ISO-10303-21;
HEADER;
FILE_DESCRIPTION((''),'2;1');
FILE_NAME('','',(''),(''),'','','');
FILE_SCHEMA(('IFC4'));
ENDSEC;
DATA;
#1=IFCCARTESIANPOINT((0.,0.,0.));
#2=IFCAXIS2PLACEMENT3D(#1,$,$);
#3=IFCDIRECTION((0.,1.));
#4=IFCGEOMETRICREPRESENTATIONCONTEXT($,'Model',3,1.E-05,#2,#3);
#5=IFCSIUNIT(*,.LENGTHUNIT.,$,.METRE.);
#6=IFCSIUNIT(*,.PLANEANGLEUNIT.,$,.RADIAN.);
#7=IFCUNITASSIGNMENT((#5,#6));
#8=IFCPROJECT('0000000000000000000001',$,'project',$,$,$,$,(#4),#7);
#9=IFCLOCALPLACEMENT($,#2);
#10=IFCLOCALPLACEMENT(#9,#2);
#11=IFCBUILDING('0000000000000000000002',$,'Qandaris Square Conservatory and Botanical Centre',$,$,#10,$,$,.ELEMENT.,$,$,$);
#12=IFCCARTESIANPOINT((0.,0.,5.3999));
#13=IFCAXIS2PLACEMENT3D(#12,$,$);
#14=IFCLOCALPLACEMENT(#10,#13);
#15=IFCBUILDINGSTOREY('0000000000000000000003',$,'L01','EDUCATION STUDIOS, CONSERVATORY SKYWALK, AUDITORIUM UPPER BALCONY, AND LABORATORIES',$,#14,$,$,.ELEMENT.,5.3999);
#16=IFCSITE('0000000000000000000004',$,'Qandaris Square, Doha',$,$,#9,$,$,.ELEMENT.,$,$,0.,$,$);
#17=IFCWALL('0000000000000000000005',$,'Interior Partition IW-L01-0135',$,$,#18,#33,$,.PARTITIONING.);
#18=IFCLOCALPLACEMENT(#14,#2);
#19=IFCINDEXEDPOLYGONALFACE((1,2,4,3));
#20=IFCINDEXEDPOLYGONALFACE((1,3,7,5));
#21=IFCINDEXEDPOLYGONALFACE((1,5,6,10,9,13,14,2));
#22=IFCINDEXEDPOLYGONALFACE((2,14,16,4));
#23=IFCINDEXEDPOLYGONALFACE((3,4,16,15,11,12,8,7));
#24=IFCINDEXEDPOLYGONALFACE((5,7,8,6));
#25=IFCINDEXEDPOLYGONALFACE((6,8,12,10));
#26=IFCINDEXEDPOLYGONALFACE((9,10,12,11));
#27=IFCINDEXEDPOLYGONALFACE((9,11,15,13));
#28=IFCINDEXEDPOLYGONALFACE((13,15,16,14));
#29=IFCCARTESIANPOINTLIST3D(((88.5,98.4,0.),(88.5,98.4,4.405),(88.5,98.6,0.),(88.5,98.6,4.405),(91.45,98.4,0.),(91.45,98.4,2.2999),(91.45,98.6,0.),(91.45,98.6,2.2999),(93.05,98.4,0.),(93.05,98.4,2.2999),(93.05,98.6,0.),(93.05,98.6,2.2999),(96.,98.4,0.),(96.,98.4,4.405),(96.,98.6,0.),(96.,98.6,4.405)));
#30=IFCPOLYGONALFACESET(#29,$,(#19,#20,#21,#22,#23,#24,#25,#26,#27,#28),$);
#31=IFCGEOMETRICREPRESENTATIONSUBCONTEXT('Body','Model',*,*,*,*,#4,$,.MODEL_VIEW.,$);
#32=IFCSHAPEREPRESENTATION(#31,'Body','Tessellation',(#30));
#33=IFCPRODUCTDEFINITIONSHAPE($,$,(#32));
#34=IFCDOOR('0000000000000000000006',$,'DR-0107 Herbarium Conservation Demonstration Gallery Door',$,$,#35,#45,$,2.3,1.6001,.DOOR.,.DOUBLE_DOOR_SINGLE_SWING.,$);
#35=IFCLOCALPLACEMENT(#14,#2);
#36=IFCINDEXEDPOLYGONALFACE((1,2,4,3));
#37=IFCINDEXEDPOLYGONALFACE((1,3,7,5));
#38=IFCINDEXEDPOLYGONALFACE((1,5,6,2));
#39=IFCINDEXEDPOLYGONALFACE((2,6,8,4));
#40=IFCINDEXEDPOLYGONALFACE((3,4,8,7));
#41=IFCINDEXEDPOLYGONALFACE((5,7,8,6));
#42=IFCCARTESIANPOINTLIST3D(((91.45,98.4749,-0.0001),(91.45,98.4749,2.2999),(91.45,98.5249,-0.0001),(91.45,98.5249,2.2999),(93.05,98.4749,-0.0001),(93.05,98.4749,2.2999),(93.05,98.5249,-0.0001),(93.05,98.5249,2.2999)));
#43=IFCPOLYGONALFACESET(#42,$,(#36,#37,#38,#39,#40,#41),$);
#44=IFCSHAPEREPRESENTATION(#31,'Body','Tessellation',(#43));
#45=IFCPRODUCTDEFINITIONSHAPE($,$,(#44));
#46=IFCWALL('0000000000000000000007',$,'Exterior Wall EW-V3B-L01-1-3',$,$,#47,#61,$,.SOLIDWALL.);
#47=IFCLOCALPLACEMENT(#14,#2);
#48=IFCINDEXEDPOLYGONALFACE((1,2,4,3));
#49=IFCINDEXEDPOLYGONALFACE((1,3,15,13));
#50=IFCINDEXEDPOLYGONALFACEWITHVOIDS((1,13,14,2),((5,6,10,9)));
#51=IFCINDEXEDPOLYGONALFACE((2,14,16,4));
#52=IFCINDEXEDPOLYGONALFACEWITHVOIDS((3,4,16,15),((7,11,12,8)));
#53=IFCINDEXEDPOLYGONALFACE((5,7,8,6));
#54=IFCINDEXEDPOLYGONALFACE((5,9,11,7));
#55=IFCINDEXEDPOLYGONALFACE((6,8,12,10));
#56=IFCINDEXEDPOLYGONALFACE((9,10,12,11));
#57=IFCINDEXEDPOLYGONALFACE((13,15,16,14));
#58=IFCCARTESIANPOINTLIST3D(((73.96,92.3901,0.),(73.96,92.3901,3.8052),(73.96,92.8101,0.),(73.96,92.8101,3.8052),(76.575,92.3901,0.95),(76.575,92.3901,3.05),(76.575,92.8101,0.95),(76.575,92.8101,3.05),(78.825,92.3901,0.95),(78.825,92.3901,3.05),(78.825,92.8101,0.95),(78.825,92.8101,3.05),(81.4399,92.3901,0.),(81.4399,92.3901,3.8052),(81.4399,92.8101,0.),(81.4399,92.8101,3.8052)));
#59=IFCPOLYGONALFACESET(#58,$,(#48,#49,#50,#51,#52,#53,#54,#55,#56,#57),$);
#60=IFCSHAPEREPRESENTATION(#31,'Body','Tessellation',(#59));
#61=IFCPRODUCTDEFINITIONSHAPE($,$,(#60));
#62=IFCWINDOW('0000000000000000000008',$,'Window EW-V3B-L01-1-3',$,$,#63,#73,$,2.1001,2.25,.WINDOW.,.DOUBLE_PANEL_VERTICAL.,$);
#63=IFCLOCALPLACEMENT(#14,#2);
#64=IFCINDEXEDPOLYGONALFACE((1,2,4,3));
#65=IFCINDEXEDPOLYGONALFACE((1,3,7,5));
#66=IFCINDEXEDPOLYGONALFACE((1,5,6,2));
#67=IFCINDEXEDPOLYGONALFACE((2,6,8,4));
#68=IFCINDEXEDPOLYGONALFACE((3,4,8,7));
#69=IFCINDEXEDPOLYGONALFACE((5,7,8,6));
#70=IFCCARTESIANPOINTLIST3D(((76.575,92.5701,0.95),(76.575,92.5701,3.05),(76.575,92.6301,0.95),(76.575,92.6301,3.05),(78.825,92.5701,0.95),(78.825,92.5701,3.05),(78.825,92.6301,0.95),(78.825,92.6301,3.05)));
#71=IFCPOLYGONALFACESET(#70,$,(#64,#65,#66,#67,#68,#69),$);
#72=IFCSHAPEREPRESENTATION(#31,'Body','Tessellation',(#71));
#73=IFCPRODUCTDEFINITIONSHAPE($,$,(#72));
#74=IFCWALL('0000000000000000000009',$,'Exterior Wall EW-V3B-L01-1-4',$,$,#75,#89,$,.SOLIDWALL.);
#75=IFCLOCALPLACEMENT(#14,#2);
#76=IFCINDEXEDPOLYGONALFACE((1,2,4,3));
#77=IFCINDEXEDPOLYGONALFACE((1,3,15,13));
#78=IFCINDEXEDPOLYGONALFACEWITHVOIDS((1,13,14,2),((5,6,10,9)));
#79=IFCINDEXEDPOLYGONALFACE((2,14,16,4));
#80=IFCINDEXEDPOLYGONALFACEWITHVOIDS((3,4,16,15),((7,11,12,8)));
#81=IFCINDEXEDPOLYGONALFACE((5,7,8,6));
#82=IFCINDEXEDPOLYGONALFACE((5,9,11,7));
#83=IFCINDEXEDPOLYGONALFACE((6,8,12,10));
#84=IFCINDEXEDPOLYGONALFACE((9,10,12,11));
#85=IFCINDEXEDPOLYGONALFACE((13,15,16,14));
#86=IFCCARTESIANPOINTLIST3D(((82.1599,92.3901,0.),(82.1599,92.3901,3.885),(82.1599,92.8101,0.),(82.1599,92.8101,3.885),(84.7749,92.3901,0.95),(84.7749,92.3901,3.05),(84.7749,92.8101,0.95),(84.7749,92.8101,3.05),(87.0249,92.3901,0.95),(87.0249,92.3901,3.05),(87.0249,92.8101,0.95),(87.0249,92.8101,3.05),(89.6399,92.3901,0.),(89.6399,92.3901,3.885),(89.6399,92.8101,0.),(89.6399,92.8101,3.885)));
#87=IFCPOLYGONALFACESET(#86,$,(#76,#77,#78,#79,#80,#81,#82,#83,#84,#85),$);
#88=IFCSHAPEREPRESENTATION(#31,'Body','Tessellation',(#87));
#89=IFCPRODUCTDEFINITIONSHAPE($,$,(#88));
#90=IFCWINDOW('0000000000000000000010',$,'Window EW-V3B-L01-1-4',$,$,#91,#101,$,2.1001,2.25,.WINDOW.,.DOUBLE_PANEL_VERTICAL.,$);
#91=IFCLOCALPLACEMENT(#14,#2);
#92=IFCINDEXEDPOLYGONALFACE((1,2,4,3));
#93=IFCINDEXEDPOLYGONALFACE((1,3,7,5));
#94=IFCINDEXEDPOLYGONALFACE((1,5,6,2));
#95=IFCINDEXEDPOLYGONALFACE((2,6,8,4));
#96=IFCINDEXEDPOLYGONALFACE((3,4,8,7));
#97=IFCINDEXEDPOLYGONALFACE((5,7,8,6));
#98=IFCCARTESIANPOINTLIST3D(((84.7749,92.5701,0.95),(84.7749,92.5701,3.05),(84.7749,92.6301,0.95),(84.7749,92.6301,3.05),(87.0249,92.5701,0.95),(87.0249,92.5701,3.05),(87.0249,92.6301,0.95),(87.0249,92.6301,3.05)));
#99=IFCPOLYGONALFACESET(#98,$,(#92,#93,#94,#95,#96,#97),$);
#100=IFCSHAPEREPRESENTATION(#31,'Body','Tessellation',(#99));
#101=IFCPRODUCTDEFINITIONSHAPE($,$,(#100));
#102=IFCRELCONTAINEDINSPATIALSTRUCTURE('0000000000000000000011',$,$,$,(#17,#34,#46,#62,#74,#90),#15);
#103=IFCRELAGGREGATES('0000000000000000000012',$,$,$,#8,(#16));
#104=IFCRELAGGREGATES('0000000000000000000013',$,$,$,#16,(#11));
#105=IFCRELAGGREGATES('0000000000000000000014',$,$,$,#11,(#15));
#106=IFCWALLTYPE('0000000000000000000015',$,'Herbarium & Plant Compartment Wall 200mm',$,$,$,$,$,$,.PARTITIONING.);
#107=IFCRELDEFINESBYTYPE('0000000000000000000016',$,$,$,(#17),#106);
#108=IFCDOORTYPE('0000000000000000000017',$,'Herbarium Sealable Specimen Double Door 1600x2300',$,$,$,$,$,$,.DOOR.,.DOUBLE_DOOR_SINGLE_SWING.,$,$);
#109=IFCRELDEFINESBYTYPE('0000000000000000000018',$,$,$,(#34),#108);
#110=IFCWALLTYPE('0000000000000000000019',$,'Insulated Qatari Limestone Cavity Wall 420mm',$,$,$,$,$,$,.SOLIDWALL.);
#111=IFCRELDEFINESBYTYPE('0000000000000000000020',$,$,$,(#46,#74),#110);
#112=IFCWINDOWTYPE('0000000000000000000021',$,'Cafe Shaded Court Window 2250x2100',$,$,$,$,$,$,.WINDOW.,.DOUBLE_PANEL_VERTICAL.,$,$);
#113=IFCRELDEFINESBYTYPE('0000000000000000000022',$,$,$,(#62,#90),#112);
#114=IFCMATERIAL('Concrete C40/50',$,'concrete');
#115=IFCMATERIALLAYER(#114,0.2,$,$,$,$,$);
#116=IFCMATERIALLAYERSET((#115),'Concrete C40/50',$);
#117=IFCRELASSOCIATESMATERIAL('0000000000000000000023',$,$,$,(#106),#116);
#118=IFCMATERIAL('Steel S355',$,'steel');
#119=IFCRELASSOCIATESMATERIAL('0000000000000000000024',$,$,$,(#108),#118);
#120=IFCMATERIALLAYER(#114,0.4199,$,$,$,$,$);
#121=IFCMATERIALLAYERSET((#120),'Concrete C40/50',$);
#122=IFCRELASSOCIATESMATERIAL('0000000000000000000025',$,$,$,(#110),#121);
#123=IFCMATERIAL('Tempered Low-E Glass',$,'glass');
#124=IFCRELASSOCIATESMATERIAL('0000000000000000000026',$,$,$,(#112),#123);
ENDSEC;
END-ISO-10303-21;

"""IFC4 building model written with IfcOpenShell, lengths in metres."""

from ifc_helpers import new_model, si_unit, direction, frame, frame_2d, origin, place, context, subcontext, project, spatial, rectangle, extrude, material, layer, layer_set, type_object, element, fill, save


model = new_model("IFC4")

# Units and contexts
model_context = context("Model", 3, precision=1e-05, world=origin(), true_north=direction((0.0, 1.0)))
body_context = subcontext(model_context, "Body", "Model", "MODEL_VIEW")
ifc_project = project(units=[si_unit("LENGTHUNIT", "METRE"), si_unit("PLANEANGLEUNIT", "RADIAN")], contexts=[model_context])

# Site, building, storey
site_placement = place(None, origin())
site = spatial("IfcSite", under=ifc_project, at=site_placement, Name="Qandaris Square, Doha", CompositionType="ELEMENT", RefElevation=0.0)
building_placement = place(site_placement, origin())
building = spatial("IfcBuilding", under=site, at=building_placement, Name="Qandaris Square Conservatory and Botanical Centre", CompositionType="ELEMENT")
storey_placement = place(building_placement, frame((0.0, 0.0, 5.3999)))
storey = spatial("IfcBuildingStorey", under=building, at=storey_placement, Name="L01", Description="EDUCATION STUDIOS, CONSERVATORY SKYWALK, AUDITORIUM UPPER BALCONY, AND LABORATORIES", CompositionType="ELEMENT", Elevation=5.3999)

# Shared definitions
ifc_material_1 = material(Name="Concrete C40/50", Category="concrete")

# Wall, opening, door
ifc_material_2 = material(Name="Tempered Low-E Glass", Category="glass")
ifc_layer_1 = layer(ifc_material_1, 0.2)
ifc_layer_set_1 = layer_set([ifc_layer_1], Name="Concrete C40/50")
wall_type_1 = type_object("IfcWallType", Name="Herbarium & Plant Compartment Wall 200mm", PredefinedType="PARTITIONING", material=ifc_layer_set_1)
wall_1_placement = place(storey_placement, frame((88.5, 98.5, 0.0), z_axis=(0.0, 0.0, 1.0), x_axis=(1.0, 0.0, 0.0)))
wall_1 = element("IfcWall", 1, at=wall_1_placement, inside=storey, type_object=wall_type_1, Name="Interior Partition IW-L01-0135", PredefinedType="PARTITIONING", context=body_context, shape_type="SweptSolid", body=[
    extrude(rectangle(XDim=7.5, YDim=0.2, at=frame_2d((3.75, 0.0))), origin(), (0.0, 0.0, 1.0), 4.405),
])
opening_1_placement = place(wall_1_placement, frame((2.95, 0.0, 0.0)))
opening_1 = element("IfcOpeningElement", 2, at=opening_1_placement, cuts=wall_1, PredefinedType="OPENING", context=body_context, shape_type="SweptSolid", body=[
    extrude(rectangle(XDim=1.6001, YDim=2.3, at=frame_2d((0.8, 1.1499))), frame((0.0, 0.1118, 0.0), z_axis=(0.0, -1.0, 0.0), x_axis=(1.0, 0.0, 0.0)), (0.0, 0.0, 1.0), 0.2239),
])
ifc_material_3 = material(Name="Steel S355", Category="steel")
door_type_1 = type_object("IfcDoorType", Name="Herbarium Sealable Specimen Double Door 1600x2300", OperationType="DOUBLE_DOOR_SINGLE_SWING", PredefinedType="DOOR", material=ifc_material_3)
door_1_placement = place(opening_1_placement, origin())
door_1 = element("IfcDoor", 3, at=door_1_placement, inside=storey, type_object=door_type_1, Name="DR-0107 Herbarium Conservation Demonstration Gallery Door", OperationType="DOUBLE_DOOR_SINGLE_SWING", OverallHeight=2.3, OverallWidth=1.6001, PredefinedType="DOOR", context=body_context, shape_type="SweptSolid", body=[
    extrude(rectangle(XDim=1.6001, YDim=2.3, at=frame_2d((0.8, 1.1499))), frame((0.0, 0.0249, 0.0), z_axis=(0.0, -1.0, 0.0), x_axis=(1.0, 0.0, 0.0)), (0.0, 0.0, 1.0), 0.05),
])
fill(opening_1, door_1)

# Walls, openings, windows
ifc_layer_2 = layer(ifc_material_1, 0.4199)
ifc_layer_set_2 = layer_set([ifc_layer_2], Name="Concrete C40/50")
wall_type_2 = type_object("IfcWallType", Name="Insulated Qatari Limestone Cavity Wall 420mm", PredefinedType="SOLIDWALL", material=ifc_layer_set_2)
wall_2_placement = place(storey_placement, frame((73.96, 92.6001, 0.0), z_axis=(0.0, 0.0, 1.0), x_axis=(1.0, 0.0, 0.0)))
wall_2 = element("IfcWall", 4, at=wall_2_placement, inside=storey, type_object=wall_type_2, Name="Exterior Wall EW-V3B-L01-1-3", PredefinedType="SOLIDWALL", context=body_context, shape_type="SweptSolid", body=[
    extrude(rectangle(XDim=7.48, YDim=0.4199, at=frame_2d((3.74, 0.0))), origin(), (0.0, 0.0, 1.0), 3.8052),
])
opening_2_placement = place(wall_2_placement, frame((2.615, 0.0, 0.95)))
opening_2 = element("IfcOpeningElement", 5, at=opening_2_placement, cuts=wall_2, PredefinedType="OPENING", context=body_context, shape_type="SweptSolid", body=[
    extrude(rectangle(XDim=2.25, YDim=2.1001, at=frame_2d((1.125, 1.05))), frame((0.0, 0.2219, 0.0), z_axis=(0.0, -1.0, 0.0), x_axis=(1.0, 0.0, 0.0)), (0.0, 0.0, 1.0), 0.4438),
])
window_type = type_object("IfcWindowType", Name="Cafe Shaded Court Window 2250x2100", PartitioningType="DOUBLE_PANEL_VERTICAL", PredefinedType="WINDOW", material=ifc_material_2)
window_1_placement = place(opening_2_placement, origin())
window_1 = element("IfcWindow", 6, at=window_1_placement, inside=storey, type_object=window_type, Name="Window EW-V3B-L01-1-3", OverallHeight=2.1001, OverallWidth=2.25, PartitioningType="DOUBLE_PANEL_VERTICAL", PredefinedType="WINDOW", context=body_context, shape_type="SweptSolid", body=[
    extrude(rectangle(XDim=2.25, YDim=2.1001, at=frame_2d((1.125, 1.05))), frame((0.0, 0.03, 0.0), z_axis=(0.0, -1.0, 0.0), x_axis=(1.0, 0.0, 0.0)), (0.0, 0.0, 1.0), 0.0601),
])
fill(opening_2, window_1)
wall_3_placement = place(storey_placement, frame((82.1599, 92.6001, 0.0), z_axis=(0.0, 0.0, 1.0), x_axis=(1.0, 0.0, 0.0)))
wall_3 = element("IfcWall", 7, at=wall_3_placement, inside=storey, type_object=wall_type_2, Name="Exterior Wall EW-V3B-L01-1-4", PredefinedType="SOLIDWALL", context=body_context, shape_type="SweptSolid", body=[
    extrude(rectangle(XDim=7.48, YDim=0.4199, at=frame_2d((3.74, 0.0))), origin(), (0.0, 0.0, 1.0), 3.885),
])
opening_3_placement = place(wall_3_placement, frame((2.615, 0.0, 0.95)))
opening_3 = element("IfcOpeningElement", 8, at=opening_3_placement, cuts=wall_3, PredefinedType="OPENING", context=body_context, shape_type="SweptSolid", body=[
    extrude(rectangle(XDim=2.25, YDim=2.1001, at=frame_2d((1.125, 1.05))), frame((0.0, 0.2219, 0.0), z_axis=(0.0, -1.0, 0.0), x_axis=(1.0, 0.0, 0.0)), (0.0, 0.0, 1.0), 0.4438),
])
window_2_placement = place(opening_3_placement, origin())
window_2 = element("IfcWindow", 9, at=window_2_placement, inside=storey, type_object=window_type, Name="Window EW-V3B-L01-1-4", OverallHeight=2.1001, OverallWidth=2.25, PartitioningType="DOUBLE_PANEL_VERTICAL", PredefinedType="WINDOW", context=body_context, shape_type="SweptSolid", body=[
    extrude(rectangle(XDim=2.25, YDim=2.1001, at=frame_2d((1.125, 1.05))), frame((0.0, 0.03, 0.0), z_axis=(0.0, -1.0, 0.0), x_axis=(1.0, 0.0, 0.0)), (0.0, 0.0, 1.0), 0.0601),
])
fill(opening_3, window_2)

save(model, "model.ifc")
